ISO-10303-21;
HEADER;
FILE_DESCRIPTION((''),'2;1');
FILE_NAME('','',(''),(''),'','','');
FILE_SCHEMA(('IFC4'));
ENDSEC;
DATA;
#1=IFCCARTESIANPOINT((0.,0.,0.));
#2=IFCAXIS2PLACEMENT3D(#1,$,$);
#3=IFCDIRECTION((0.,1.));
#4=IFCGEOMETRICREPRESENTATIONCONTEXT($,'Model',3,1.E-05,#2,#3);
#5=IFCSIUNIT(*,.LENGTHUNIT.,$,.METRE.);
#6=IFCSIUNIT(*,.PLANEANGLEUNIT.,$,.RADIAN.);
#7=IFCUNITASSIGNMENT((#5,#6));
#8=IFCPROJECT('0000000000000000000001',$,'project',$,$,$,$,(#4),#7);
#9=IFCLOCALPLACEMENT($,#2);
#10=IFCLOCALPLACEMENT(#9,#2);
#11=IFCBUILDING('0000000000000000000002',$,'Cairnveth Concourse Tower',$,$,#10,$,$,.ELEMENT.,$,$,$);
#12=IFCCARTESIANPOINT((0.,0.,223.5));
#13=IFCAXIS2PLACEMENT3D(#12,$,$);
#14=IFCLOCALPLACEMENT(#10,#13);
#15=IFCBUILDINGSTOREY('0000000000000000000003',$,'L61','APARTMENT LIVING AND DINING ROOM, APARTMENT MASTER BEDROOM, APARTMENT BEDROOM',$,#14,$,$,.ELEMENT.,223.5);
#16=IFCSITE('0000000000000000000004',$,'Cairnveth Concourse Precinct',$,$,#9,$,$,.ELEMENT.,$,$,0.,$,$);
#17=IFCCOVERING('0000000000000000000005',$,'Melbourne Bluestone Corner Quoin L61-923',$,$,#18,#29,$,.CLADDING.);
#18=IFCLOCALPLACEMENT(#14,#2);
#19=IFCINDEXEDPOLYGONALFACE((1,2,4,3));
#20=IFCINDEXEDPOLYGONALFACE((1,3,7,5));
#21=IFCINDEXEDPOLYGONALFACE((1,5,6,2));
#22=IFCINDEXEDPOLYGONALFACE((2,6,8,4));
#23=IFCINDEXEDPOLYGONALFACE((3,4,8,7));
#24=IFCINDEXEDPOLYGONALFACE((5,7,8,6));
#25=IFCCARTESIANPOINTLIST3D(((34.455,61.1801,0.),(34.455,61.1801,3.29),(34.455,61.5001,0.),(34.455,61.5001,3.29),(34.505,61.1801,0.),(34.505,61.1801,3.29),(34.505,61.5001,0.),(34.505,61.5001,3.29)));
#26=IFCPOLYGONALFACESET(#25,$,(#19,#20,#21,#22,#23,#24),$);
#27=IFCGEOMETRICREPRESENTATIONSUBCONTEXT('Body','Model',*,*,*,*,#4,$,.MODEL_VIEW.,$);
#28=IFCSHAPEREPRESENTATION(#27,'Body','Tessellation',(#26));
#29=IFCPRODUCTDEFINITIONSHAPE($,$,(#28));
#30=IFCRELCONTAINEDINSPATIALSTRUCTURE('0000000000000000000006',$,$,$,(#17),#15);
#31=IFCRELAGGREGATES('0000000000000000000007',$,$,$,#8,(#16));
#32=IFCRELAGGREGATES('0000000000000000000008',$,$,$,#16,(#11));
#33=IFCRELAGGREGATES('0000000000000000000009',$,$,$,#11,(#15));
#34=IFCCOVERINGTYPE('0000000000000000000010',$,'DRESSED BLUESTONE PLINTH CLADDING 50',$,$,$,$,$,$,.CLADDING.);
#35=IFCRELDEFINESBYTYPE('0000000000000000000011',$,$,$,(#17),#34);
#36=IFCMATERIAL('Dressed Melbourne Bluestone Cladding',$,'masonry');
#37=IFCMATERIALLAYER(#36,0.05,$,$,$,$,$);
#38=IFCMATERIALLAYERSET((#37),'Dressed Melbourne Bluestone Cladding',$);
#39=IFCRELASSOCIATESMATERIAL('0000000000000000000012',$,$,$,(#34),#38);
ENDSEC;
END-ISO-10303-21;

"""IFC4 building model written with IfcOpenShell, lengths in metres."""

from ifc_helpers import new_model, si_unit, direction, frame, frame_2d, origin, place, context, subcontext, project, spatial, rectangle, extrude, material, layer, layer_set, type_object, element, save


model = new_model("IFC4")

# Units and contexts
model_context = context("Model", 3, precision=1e-05, world=origin(), true_north=direction((0.0, 1.0)))
body_context = subcontext(model_context, "Body", "Model", "MODEL_VIEW")
ifc_project = project(units=[si_unit("LENGTHUNIT", "METRE"), si_unit("PLANEANGLEUNIT", "RADIAN")], contexts=[model_context])

# Site, building, storey
site_placement = place(None, origin())
site = spatial("IfcSite", under=ifc_project, at=site_placement, Name="Cairnveth Concourse Precinct", CompositionType="ELEMENT", RefElevation=0.0)
building_placement = place(site_placement, origin())
building = spatial("IfcBuilding", under=site, at=building_placement, Name="Cairnveth Concourse Tower", CompositionType="ELEMENT")
storey_placement = place(building_placement, frame((0.0, 0.0, 223.5)))
storey = spatial("IfcBuildingStorey", under=building, at=storey_placement, Name="L61", Description="APARTMENT LIVING AND DINING ROOM, APARTMENT MASTER BEDROOM, APARTMENT BEDROOM", CompositionType="ELEMENT", Elevation=223.5)

# Covering
ifc_material_1 = material(Name="Dressed Melbourne Bluestone Cladding", Category="masonry")
ifc_layer_1 = layer(ifc_material_1, 0.05)
ifc_layer_set_1 = layer_set([ifc_layer_1], Name="Dressed Melbourne Bluestone Cladding")
covering_type = type_object("IfcCoveringType", Name="DRESSED BLUESTONE PLINTH CLADDING 50", PredefinedType="CLADDING", material=ifc_layer_set_1)
for number, where, z_axis, x_axis, name in (
    (1, (34.48, 61.1799, 0.0), (0.0, 0.0, 1.0), (0.0, 1.0, 0.0), "Melbourne Bluestone Corner Quoin L61-923"),
):
    element("IfcCovering", number, at=place(storey_placement, frame(where, z_axis=z_axis, x_axis=x_axis)), inside=storey, type_object=covering_type, Name=name, PredefinedType="CLADDING", context=body_context, shape_type="SweptSolid", body=[
        extrude(rectangle(XDim=0.3201, YDim=0.05, at=frame_2d((0.1602, 0.0))), origin(), (0.0, 0.0, 1.0), 3.29),
    ])

save(model, "model.ifc")
